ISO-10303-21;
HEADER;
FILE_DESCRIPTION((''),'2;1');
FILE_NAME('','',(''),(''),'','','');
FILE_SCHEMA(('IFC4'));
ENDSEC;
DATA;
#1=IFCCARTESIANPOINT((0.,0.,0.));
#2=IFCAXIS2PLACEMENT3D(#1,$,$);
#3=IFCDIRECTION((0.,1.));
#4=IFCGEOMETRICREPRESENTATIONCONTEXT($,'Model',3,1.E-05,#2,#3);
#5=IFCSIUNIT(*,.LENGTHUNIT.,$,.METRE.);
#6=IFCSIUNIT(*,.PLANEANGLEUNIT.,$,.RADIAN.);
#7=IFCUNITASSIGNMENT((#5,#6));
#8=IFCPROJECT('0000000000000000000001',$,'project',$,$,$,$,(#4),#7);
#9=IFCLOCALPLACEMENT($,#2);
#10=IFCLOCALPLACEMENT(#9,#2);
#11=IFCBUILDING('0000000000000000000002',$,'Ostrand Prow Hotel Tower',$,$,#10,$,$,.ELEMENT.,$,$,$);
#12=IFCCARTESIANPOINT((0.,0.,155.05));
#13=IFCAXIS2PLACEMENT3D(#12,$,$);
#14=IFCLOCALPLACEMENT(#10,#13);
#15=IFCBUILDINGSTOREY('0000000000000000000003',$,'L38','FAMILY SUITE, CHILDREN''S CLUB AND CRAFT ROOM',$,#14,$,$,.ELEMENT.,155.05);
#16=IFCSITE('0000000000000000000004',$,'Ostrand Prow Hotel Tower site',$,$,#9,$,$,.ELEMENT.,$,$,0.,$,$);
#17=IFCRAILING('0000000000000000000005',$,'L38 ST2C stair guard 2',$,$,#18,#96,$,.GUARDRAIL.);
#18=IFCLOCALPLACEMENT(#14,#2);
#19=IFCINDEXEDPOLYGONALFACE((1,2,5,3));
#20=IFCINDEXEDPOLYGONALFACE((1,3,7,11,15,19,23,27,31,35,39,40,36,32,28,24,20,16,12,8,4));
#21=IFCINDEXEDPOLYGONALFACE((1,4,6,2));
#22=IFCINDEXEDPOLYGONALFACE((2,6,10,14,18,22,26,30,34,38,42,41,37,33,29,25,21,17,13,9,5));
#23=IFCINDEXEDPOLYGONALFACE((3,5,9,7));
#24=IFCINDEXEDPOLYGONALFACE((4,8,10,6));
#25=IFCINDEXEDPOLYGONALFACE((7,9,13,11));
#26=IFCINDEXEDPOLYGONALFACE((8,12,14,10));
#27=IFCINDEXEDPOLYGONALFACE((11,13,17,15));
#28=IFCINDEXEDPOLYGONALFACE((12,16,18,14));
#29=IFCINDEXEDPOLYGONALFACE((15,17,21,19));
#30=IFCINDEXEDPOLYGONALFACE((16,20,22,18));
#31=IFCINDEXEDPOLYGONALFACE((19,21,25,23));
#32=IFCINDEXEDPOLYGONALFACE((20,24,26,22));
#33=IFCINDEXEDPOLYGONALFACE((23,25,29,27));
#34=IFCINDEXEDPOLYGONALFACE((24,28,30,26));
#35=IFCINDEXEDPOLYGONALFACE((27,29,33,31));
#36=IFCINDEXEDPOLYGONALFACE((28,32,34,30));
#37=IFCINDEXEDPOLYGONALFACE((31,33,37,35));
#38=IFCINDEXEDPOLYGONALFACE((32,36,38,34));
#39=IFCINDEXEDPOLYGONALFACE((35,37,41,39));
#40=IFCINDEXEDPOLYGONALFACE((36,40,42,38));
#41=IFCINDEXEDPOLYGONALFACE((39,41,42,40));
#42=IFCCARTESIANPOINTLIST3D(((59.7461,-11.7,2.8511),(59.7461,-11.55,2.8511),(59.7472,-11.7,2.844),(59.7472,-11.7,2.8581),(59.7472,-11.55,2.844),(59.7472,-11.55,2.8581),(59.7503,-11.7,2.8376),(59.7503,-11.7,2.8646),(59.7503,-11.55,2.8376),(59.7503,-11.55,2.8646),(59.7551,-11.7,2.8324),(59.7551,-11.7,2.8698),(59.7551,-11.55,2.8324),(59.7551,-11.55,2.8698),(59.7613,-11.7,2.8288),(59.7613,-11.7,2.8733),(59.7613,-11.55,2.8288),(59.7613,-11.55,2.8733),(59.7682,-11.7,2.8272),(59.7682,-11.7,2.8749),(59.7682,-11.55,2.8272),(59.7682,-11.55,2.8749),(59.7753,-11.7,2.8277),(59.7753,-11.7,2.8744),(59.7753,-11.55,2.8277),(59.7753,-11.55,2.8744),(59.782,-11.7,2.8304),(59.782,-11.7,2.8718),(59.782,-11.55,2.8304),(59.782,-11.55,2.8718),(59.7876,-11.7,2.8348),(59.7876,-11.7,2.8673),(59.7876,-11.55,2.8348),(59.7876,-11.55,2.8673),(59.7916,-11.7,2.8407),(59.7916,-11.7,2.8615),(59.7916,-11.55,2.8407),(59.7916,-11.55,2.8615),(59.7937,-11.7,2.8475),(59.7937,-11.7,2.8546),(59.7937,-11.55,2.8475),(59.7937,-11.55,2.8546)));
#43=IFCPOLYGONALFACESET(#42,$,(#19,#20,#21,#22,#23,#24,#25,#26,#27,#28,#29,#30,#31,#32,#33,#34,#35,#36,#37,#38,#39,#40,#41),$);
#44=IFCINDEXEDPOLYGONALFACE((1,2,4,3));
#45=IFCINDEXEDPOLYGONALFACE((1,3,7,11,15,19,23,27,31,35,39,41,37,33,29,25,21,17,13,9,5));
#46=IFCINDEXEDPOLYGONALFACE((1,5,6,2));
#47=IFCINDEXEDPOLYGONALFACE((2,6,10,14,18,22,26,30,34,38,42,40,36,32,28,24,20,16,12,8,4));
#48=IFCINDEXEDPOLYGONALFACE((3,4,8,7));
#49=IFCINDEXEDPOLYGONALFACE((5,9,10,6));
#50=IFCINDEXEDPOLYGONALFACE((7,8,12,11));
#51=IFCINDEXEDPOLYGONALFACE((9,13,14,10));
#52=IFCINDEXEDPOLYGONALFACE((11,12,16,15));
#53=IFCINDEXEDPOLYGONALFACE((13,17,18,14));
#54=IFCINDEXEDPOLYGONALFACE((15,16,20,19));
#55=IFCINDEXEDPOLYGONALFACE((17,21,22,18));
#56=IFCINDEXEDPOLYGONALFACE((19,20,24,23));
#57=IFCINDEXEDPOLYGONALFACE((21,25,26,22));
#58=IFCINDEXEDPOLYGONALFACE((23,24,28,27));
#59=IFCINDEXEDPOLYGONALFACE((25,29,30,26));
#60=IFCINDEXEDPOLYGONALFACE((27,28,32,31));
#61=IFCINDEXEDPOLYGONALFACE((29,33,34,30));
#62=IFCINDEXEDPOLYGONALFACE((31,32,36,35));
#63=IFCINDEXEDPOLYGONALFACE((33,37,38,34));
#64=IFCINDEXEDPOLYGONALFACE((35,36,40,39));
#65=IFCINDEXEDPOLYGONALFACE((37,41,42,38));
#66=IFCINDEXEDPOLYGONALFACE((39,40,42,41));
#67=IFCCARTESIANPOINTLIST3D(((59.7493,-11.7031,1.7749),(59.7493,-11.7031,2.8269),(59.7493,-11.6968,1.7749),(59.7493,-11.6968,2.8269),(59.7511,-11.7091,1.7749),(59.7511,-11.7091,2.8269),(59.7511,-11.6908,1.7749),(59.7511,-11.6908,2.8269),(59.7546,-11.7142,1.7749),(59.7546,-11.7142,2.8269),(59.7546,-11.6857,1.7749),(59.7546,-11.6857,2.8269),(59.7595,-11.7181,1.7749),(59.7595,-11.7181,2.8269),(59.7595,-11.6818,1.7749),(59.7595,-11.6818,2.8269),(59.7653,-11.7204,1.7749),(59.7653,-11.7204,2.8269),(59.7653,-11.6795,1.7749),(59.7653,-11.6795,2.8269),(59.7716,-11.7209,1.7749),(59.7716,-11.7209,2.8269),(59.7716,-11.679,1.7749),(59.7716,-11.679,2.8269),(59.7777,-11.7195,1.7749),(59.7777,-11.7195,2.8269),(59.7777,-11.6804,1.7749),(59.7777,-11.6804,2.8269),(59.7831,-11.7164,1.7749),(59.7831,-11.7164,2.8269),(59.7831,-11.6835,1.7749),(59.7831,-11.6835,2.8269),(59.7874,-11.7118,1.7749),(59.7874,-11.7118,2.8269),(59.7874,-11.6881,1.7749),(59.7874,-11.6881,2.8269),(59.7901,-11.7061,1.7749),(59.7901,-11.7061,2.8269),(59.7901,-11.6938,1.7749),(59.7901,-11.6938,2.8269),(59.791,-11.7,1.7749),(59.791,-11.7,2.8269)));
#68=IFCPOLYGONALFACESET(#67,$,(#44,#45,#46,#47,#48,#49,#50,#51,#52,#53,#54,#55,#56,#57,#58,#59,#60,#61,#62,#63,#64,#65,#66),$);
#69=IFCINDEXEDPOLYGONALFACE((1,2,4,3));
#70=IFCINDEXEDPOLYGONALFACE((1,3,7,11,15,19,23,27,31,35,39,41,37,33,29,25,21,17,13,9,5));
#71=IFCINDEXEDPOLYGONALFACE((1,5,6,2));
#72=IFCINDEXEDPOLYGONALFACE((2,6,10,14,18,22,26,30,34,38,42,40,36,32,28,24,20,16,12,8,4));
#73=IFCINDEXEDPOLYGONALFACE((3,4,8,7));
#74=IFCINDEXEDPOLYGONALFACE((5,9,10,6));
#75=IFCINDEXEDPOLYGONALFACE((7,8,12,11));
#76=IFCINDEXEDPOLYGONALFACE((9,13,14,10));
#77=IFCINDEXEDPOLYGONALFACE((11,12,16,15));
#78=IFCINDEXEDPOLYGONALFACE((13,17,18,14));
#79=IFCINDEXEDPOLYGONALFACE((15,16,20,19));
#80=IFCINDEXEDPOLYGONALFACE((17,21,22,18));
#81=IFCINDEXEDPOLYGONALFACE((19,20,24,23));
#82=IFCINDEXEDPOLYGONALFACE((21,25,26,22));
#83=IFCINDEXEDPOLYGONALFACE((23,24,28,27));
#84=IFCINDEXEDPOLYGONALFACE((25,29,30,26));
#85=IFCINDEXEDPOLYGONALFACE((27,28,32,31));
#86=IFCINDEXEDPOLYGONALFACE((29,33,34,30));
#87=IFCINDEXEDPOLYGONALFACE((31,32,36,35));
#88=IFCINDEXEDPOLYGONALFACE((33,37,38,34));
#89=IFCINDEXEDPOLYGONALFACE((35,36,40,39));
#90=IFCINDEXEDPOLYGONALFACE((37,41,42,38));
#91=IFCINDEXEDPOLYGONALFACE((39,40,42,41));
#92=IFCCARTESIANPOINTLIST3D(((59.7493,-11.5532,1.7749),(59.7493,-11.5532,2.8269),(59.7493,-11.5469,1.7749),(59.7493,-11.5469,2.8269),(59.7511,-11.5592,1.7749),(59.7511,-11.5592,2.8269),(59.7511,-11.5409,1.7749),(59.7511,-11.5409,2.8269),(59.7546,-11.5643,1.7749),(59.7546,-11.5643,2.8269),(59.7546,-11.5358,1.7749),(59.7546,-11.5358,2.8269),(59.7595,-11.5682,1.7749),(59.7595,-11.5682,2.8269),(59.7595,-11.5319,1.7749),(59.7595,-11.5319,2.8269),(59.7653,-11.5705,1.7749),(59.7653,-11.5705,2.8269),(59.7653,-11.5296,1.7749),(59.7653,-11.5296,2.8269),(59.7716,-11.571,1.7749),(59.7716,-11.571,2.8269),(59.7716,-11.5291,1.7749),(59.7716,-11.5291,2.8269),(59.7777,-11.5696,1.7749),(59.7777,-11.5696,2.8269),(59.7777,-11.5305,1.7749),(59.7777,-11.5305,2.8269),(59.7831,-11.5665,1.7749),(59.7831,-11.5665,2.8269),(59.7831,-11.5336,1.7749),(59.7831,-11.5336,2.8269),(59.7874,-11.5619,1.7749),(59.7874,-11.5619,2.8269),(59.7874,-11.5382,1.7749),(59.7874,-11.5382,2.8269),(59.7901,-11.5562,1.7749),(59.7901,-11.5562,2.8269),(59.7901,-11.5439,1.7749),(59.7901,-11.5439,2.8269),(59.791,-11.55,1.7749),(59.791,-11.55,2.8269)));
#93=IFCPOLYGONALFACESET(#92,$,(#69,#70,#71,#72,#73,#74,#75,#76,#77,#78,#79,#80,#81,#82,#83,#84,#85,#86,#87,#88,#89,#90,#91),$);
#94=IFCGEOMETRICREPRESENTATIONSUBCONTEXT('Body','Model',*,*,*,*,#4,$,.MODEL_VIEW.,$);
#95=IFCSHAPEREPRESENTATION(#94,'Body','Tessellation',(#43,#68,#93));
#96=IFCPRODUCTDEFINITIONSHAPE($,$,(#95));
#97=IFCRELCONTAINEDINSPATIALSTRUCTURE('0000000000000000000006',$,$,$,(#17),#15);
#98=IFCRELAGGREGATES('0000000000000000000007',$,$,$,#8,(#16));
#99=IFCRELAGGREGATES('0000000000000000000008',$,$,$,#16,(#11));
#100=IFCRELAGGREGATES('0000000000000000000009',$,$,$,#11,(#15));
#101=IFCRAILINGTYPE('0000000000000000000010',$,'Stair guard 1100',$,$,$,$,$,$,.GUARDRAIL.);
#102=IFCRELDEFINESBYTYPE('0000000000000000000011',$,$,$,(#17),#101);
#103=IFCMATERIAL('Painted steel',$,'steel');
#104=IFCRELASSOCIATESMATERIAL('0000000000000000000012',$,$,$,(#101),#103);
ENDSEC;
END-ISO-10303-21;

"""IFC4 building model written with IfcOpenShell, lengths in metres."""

from ifc_helpers import new_model, si_unit, direction, frame, origin, origin_2d, place, context, subcontext, project, spatial, circle, extrude, material, type_object, element, save


model = new_model("IFC4")

# Units and contexts
model_context = context("Model", 3, precision=1e-05, world=origin(), true_north=direction((0.0, 1.0)))
body_context = subcontext(model_context, "Body", "Model", "MODEL_VIEW")
ifc_project = project(units=[si_unit("LENGTHUNIT", "METRE"), si_unit("PLANEANGLEUNIT", "RADIAN")], contexts=[model_context])

# Site, building, storey
site_placement = place(None, origin())
site = spatial("IfcSite", under=ifc_project, at=site_placement, Name="Ostrand Prow Hotel Tower site", CompositionType="ELEMENT", RefElevation=0.0)
building_placement = place(site_placement, origin())
building = spatial("IfcBuilding", under=site, at=building_placement, Name="Ostrand Prow Hotel Tower", CompositionType="ELEMENT")
storey_placement = place(building_placement, frame((0.0, 0.0, 155.05)))
storey = spatial("IfcBuildingStorey", under=building, at=storey_placement, Name="L38", Description="FAMILY SUITE, CHILDREN'S CLUB AND CRAFT ROOM", CompositionType="ELEMENT", Elevation=155.05)

# Railing
ifc_material_1 = material(Name="Painted steel", Category="steel")
railing_type_1 = type_object("IfcRailingType", Name="Stair guard 1100", PredefinedType="GUARDRAIL", material=ifc_material_1)
railing_1_placement = place(storey_placement, frame((59.77, -11.7, 1.7749)))
element("IfcRailing", 1, at=railing_1_placement, inside=storey, type_object=railing_type_1, Name="L38 ST2C stair guard 2", PredefinedType="GUARDRAIL", context=body_context, shape_type="SweptSolid", body=[
    extrude(circle(Radius=0.0239, at=origin_2d()), frame((0.0, 0.0, 1.0762), z_axis=(0.0, 1.0, 0.0), x_axis=(-1.0, 0.0, 0.0)), (0.0, 0.0, 1.0), 0.1499),
    extrude(circle(Radius=0.021, at=origin_2d()), origin(), (0.0, 0.0, 1.0), 1.052),
    extrude(circle(Radius=0.021, at=origin_2d()), frame((0.0, 0.1499, 0.0)), (0.0, 0.0, 1.0), 1.052),
])

save(model, "model.ifc")
